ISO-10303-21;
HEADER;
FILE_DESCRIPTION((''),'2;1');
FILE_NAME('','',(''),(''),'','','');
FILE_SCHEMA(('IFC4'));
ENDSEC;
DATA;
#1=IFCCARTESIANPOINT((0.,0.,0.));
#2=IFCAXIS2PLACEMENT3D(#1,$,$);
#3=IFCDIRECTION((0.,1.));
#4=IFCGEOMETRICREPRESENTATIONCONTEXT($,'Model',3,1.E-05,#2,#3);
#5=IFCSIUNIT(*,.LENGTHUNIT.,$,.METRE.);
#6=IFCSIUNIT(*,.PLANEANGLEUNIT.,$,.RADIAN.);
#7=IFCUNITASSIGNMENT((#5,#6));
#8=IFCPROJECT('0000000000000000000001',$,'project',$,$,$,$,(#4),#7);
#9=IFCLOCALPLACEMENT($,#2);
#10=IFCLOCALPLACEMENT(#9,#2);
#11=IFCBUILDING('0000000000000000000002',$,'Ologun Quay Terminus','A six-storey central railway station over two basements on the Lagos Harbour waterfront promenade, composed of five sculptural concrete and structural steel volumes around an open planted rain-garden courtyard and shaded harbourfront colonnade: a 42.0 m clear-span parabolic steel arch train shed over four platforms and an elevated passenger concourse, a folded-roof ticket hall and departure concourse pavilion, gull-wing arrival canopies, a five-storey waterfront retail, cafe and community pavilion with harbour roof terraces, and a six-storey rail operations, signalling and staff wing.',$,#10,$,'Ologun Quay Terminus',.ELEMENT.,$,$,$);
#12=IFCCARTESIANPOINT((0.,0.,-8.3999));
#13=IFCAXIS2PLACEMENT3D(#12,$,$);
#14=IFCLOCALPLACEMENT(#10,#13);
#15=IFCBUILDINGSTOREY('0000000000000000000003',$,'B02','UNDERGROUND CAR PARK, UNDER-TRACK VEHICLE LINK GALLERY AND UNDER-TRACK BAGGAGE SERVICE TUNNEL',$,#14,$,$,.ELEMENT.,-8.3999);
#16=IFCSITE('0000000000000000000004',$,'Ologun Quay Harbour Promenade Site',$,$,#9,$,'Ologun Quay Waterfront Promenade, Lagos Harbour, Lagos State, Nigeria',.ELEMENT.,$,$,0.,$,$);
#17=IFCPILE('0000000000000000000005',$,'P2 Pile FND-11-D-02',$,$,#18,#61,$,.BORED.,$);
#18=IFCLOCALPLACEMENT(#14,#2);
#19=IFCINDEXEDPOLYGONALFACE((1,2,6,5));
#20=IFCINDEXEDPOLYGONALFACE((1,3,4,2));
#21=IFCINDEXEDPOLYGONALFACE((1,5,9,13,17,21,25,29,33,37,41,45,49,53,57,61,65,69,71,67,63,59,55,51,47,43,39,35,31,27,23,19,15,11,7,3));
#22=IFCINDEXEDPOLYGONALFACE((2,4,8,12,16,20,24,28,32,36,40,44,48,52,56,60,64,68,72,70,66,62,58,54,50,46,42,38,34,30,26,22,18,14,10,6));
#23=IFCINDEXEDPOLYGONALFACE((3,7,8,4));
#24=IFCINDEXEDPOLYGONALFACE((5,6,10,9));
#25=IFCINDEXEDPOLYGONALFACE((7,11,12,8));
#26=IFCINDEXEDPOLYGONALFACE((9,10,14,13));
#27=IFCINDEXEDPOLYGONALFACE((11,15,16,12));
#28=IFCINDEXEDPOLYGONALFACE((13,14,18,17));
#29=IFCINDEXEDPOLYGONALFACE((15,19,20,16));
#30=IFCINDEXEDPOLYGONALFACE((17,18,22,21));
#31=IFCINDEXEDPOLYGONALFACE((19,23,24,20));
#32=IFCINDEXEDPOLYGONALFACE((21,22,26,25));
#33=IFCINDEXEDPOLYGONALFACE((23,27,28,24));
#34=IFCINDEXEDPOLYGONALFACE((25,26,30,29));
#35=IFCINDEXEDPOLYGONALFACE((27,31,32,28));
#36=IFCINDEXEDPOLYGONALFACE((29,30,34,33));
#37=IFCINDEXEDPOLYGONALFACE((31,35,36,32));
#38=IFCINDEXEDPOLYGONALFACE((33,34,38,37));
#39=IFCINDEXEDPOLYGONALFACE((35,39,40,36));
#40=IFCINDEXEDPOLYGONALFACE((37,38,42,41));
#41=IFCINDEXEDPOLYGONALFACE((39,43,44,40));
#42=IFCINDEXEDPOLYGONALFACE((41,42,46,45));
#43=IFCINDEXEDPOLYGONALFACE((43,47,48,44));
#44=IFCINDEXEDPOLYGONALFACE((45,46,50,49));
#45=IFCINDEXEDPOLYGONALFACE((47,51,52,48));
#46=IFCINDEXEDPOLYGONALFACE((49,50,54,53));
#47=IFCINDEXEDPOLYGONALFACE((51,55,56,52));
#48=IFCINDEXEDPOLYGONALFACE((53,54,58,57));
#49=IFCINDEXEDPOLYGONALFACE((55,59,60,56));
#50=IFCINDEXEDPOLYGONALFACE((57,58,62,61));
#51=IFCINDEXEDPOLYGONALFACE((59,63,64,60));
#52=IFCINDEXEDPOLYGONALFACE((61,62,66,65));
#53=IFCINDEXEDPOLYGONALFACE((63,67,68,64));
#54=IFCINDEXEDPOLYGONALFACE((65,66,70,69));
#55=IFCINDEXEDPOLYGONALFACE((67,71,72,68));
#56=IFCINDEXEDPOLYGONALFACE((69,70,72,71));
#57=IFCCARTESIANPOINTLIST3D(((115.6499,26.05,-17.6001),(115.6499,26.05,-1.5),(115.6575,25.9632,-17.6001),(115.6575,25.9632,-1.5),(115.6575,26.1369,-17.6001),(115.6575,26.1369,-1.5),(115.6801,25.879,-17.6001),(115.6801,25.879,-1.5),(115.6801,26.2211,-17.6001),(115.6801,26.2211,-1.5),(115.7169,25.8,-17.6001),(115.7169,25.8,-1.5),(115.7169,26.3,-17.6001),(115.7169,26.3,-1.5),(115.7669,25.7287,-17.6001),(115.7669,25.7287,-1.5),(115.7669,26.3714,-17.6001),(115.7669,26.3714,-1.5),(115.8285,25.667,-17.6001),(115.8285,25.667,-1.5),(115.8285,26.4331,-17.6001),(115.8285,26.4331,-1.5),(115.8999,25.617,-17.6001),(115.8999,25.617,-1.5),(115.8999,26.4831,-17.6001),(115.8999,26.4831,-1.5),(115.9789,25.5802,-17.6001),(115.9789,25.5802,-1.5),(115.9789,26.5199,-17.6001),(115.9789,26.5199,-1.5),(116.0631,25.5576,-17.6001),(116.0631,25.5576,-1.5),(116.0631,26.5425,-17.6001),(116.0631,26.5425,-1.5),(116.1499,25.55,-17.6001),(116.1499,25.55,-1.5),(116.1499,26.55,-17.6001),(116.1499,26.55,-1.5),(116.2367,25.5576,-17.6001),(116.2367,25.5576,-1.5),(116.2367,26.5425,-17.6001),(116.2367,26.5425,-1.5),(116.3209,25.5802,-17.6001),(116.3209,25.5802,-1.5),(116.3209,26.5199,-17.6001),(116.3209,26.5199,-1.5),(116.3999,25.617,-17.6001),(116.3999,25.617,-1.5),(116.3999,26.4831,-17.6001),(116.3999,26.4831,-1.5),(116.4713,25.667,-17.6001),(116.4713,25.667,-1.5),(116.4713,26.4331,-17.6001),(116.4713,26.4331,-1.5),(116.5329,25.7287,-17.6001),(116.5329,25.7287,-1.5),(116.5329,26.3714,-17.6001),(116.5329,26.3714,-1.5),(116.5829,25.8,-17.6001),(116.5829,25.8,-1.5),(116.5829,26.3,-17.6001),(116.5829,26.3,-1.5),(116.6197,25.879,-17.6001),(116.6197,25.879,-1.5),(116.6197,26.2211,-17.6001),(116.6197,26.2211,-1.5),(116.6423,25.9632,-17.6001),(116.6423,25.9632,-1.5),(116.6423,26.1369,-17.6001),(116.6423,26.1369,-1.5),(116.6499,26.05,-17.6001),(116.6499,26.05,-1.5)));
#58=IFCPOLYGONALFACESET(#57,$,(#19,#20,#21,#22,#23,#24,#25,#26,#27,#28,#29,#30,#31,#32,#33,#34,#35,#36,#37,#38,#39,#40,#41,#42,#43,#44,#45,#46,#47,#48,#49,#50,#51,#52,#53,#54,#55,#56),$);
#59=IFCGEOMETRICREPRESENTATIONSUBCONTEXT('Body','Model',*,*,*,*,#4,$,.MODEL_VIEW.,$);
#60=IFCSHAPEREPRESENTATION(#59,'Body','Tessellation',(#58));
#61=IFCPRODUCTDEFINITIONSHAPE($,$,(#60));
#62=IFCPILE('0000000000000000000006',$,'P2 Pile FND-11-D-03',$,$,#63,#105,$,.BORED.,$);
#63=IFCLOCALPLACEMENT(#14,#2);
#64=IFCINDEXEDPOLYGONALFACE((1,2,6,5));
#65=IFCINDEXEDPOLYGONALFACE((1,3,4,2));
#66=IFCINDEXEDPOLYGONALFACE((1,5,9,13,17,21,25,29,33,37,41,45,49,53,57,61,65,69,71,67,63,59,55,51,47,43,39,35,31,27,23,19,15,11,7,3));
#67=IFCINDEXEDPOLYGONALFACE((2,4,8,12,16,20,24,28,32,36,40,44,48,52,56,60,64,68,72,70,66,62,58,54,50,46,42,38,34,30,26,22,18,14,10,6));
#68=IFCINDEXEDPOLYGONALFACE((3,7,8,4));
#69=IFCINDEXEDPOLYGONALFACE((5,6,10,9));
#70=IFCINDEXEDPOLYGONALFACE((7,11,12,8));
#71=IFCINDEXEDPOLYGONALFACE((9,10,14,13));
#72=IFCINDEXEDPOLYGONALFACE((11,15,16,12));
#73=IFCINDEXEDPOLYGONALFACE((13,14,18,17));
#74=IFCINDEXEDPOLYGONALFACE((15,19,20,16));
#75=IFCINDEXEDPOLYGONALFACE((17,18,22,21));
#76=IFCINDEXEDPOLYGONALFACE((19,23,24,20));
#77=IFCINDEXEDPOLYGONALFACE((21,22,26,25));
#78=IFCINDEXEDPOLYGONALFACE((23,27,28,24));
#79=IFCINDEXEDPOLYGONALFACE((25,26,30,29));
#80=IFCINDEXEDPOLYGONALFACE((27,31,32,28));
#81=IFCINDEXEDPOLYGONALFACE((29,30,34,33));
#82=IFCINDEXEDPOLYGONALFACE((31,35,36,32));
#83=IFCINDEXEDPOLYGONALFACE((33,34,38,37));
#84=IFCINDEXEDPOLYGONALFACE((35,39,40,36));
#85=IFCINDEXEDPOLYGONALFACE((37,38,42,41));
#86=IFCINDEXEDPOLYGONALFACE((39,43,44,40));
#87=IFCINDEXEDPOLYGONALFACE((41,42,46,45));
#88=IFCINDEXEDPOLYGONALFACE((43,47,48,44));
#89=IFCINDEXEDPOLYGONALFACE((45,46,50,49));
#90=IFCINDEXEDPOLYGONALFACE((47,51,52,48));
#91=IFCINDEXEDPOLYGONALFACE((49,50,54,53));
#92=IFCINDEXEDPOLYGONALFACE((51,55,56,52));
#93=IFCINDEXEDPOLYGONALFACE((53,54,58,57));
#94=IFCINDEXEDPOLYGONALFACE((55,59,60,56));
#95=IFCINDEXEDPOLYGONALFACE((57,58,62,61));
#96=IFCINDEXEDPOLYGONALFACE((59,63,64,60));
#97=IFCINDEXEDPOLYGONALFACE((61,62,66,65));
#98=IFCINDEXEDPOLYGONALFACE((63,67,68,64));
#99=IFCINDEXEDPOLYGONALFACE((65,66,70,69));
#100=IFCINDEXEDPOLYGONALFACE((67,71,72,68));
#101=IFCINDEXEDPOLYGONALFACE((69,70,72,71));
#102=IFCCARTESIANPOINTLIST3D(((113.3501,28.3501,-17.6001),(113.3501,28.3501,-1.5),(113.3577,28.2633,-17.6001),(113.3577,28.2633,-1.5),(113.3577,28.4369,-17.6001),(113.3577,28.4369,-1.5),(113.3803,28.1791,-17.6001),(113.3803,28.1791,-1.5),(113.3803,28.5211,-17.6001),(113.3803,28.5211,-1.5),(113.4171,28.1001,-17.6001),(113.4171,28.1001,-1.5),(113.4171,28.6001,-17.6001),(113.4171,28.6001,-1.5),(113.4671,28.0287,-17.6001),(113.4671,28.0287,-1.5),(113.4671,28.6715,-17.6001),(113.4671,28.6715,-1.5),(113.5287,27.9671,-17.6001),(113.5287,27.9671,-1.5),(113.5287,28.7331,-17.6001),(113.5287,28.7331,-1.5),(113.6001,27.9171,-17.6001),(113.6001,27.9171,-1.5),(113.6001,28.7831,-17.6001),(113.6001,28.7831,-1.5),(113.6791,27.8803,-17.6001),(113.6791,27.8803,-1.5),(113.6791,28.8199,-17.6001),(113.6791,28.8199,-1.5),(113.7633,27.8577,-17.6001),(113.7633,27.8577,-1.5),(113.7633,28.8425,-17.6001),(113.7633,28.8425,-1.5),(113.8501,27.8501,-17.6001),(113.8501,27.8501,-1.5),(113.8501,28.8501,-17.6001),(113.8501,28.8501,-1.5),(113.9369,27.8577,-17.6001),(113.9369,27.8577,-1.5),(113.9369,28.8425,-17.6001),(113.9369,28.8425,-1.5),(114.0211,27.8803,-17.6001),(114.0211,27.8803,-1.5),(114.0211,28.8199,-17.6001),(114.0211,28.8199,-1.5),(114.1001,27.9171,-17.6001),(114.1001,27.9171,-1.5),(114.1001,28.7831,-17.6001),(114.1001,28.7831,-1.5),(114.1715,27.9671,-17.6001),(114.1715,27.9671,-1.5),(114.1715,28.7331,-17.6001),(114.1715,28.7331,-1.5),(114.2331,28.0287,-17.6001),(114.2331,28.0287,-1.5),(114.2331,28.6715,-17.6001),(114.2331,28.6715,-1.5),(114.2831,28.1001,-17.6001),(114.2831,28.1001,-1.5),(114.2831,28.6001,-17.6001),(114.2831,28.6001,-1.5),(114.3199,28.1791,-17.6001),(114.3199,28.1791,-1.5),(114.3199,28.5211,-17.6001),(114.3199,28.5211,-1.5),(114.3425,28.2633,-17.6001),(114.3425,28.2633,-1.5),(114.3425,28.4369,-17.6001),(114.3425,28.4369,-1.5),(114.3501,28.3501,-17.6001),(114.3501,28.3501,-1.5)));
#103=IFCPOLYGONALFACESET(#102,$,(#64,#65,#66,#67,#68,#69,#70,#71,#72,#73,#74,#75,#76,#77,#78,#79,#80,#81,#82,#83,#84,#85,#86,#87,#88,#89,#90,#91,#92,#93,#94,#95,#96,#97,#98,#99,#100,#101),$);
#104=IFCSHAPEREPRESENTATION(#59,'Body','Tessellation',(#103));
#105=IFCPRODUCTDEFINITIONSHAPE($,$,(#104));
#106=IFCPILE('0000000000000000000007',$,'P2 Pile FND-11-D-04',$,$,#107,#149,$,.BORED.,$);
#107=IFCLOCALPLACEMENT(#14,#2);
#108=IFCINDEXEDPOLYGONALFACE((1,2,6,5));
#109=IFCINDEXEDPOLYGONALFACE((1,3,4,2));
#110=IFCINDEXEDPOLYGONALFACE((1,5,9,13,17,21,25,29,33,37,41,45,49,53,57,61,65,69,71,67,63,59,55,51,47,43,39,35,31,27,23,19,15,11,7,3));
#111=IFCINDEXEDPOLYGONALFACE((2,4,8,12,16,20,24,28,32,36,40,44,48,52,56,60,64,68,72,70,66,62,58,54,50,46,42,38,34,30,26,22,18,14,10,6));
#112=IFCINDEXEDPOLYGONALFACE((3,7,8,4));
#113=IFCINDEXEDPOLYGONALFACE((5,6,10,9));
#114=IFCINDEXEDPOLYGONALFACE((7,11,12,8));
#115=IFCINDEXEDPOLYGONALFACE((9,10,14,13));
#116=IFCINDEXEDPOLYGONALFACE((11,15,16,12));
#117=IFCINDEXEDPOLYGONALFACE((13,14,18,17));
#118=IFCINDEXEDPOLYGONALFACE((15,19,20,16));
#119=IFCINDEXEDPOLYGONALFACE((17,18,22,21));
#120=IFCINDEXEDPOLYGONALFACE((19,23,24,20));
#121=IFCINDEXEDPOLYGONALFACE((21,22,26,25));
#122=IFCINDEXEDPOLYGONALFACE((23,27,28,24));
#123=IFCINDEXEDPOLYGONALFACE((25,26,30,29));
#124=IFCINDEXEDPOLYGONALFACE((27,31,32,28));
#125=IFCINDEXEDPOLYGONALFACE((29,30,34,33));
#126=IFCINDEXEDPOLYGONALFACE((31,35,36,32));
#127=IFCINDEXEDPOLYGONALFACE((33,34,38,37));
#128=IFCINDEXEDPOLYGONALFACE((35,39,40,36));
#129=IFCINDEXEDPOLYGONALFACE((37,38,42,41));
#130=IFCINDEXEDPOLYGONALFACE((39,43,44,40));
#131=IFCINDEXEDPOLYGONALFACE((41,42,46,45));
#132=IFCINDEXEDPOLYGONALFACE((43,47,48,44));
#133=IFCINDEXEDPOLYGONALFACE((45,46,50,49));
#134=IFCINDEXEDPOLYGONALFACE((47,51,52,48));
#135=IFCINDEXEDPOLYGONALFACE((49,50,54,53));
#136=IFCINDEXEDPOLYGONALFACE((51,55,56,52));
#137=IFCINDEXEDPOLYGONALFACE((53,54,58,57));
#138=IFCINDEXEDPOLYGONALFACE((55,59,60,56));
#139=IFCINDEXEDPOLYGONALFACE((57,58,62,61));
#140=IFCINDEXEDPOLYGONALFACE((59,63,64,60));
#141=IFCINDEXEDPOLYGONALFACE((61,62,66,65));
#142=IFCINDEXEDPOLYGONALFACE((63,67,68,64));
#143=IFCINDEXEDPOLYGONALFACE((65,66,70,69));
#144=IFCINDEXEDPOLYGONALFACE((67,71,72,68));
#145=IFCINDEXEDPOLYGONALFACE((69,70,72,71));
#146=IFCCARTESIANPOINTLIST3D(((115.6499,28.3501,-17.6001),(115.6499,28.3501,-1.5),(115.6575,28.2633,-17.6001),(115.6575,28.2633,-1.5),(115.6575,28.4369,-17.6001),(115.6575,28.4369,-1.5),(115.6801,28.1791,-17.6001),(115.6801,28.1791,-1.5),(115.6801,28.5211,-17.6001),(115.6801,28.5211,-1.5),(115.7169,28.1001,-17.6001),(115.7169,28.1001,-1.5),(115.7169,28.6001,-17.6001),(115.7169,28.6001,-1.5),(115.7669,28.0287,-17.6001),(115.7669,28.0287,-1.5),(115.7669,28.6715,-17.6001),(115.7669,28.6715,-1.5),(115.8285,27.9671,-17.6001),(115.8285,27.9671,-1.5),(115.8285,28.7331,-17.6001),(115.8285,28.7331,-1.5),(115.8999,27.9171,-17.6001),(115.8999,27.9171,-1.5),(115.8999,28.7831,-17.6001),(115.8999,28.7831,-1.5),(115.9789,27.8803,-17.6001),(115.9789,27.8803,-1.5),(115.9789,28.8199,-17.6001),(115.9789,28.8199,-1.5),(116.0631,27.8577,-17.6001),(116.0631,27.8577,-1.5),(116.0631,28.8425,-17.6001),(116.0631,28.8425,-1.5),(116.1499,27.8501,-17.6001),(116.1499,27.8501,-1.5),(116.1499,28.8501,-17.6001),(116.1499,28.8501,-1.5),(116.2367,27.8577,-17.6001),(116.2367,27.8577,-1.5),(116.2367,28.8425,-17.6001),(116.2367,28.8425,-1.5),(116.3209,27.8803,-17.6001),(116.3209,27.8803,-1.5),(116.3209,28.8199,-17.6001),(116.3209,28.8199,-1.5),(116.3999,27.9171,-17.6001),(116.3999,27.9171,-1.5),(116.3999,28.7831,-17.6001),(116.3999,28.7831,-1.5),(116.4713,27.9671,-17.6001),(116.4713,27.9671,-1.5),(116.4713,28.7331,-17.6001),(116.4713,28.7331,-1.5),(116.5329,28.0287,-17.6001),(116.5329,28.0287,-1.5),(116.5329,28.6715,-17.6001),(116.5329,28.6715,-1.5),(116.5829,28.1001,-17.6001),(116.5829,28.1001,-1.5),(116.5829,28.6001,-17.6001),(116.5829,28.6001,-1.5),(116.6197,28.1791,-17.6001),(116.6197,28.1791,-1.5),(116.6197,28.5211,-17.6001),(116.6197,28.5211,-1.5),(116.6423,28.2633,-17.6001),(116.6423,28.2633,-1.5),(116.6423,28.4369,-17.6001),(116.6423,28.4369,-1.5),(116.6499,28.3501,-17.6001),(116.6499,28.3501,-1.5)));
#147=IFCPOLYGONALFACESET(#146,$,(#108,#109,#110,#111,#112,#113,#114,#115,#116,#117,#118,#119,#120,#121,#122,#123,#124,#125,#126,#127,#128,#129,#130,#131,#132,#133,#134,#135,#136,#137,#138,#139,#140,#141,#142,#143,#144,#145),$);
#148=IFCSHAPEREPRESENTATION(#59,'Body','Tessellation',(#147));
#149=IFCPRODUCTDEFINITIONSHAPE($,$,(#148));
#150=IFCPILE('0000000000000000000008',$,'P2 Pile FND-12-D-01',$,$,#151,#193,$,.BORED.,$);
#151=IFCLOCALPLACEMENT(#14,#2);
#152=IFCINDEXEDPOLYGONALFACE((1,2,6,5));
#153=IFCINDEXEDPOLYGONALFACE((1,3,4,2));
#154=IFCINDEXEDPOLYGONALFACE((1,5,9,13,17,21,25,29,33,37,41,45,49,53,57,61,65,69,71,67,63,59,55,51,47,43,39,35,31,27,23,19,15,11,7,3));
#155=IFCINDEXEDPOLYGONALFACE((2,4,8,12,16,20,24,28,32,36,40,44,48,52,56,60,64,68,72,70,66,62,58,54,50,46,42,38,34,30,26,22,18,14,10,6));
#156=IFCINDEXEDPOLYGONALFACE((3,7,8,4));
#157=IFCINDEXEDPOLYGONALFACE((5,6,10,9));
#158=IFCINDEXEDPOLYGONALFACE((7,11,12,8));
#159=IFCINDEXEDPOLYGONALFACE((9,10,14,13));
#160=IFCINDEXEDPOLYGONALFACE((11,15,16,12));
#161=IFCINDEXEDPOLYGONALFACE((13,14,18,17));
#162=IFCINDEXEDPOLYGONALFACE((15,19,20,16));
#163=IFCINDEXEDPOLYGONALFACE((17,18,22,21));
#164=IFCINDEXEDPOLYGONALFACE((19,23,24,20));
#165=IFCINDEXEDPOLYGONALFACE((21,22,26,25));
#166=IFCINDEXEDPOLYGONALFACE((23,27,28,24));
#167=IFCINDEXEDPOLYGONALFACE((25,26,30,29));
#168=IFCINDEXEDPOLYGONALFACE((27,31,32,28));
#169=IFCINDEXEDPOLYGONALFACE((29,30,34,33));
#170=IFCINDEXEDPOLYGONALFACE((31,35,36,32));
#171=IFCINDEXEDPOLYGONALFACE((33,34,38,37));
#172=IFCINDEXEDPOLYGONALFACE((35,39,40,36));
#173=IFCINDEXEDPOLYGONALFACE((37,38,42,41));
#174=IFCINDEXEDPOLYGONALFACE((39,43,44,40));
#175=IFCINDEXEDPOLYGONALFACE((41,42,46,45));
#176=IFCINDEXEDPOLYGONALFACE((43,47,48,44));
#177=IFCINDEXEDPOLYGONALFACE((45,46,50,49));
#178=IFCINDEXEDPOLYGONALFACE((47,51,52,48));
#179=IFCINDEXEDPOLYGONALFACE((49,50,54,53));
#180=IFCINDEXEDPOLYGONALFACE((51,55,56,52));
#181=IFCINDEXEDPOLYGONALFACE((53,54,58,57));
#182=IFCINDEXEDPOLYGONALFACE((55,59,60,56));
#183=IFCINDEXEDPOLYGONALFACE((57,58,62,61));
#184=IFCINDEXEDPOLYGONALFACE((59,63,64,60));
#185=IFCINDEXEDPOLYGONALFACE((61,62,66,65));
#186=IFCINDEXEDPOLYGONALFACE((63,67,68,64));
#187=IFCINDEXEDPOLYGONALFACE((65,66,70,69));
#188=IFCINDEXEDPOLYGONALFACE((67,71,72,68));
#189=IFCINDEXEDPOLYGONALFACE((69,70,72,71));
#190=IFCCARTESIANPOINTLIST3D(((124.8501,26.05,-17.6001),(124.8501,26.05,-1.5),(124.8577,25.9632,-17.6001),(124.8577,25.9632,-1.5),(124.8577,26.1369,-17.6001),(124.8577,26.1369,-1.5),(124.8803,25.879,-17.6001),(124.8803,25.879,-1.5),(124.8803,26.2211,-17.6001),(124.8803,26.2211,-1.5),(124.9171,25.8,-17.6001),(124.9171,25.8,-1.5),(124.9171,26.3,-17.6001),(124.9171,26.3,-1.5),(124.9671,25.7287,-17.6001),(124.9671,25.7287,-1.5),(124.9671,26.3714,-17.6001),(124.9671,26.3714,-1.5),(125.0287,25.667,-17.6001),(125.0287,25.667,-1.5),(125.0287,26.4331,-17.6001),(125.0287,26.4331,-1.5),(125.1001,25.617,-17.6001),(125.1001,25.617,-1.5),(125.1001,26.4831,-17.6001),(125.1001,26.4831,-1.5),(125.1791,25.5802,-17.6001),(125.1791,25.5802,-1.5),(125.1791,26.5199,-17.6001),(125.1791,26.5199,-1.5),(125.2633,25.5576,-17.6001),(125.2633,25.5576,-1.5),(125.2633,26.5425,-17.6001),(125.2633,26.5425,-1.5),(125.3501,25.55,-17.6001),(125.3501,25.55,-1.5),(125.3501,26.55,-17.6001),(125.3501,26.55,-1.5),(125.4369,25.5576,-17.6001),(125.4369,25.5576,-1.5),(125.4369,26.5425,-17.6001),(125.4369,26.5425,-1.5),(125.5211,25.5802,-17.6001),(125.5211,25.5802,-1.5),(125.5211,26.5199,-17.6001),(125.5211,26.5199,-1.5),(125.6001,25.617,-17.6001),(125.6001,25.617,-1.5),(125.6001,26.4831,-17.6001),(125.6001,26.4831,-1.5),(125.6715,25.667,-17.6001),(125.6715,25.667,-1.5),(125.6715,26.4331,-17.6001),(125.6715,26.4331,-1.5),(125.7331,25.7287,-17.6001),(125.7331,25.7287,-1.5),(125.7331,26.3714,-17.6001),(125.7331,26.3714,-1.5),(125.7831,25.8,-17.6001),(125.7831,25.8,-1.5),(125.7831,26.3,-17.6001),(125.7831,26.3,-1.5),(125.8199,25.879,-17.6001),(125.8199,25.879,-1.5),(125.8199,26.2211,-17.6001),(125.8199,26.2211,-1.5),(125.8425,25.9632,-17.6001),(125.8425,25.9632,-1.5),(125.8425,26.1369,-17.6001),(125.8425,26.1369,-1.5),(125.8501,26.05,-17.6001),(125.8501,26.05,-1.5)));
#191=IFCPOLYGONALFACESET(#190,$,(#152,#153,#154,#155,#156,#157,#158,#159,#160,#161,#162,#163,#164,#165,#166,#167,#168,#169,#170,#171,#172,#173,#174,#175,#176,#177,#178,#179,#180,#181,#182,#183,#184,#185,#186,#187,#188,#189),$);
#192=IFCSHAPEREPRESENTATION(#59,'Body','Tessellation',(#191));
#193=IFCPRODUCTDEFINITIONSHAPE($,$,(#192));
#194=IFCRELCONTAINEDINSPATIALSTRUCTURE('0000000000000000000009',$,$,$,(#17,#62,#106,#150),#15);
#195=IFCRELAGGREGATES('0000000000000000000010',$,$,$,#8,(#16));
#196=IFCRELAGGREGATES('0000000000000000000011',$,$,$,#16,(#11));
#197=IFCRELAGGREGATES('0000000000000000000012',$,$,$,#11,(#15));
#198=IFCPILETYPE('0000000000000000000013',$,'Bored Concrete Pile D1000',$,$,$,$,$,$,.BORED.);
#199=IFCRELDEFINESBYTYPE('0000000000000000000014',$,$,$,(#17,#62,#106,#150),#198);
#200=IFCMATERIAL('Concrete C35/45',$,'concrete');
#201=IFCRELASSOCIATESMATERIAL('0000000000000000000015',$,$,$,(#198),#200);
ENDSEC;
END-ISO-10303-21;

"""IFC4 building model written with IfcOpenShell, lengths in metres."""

from ifc_helpers import new_model, si_unit, direction, frame, origin, origin_2d, place, context, subcontext, project, spatial, circle, extrude, material, material_profile, profile_set, type_object, element, save


model = new_model("IFC4")

# Units and contexts
model_context = context("Model", 3, precision=1e-05, world=origin(), true_north=direction((0.0, 1.0)))
body_context = subcontext(model_context, "Body", "Model", "MODEL_VIEW")
ifc_project = project(units=[si_unit("LENGTHUNIT", "METRE"), si_unit("PLANEANGLEUNIT", "RADIAN")], contexts=[model_context])

# Site, building, storey
site_placement = place(None, origin())
site = spatial("IfcSite", under=ifc_project, at=site_placement, Name="Ologun Quay Harbour Promenade Site", LongName="Ologun Quay Waterfront Promenade, Lagos Harbour, Lagos State, Nigeria", CompositionType="ELEMENT", RefElevation=0.0)
building_placement = place(site_placement, origin())
building = spatial("IfcBuilding", under=site, at=building_placement, Name="Ologun Quay Terminus", Description="A six-storey central railway station over two basements on the Lagos Harbour waterfront promenade, composed of five sculptural concrete and structural steel volumes around an open planted rain-garden courtyard and shaded harbourfront colonnade: a 42.0 m clear-span parabolic steel arch train shed over four platforms and an elevated passenger concourse, a folded-roof ticket hall and departure concourse pavilion, gull-wing arrival canopies, a five-storey waterfront retail, cafe and community pavilion with harbour roof terraces, and a six-storey rail operations, signalling and staff wing.", LongName="Ologun Quay Terminus", CompositionType="ELEMENT")
storey_placement = place(building_placement, frame((0.0, 0.0, -8.3999)))
storey = spatial("IfcBuildingStorey", under=building, at=storey_placement, Name="B02", Description="UNDERGROUND CAR PARK, UNDER-TRACK VEHICLE LINK GALLERY AND UNDER-TRACK BAGGAGE SERVICE TUNNEL", CompositionType="ELEMENT", Elevation=-8.3999)

# Piles
ifc_material_1 = material(Name="Concrete C35/45", Category="concrete")
ifc_material_profile_1 = material_profile(ifc_material_1, circle(Radius=0.5, at=origin_2d()), Name="PILE D1000")
ifc_profile_set_1 = profile_set([ifc_material_profile_1], Name="Concrete C35/45")
pile_type_1 = type_object("IfcPileType", Name="Bored Concrete Pile D1000", PredefinedType="BORED", material=ifc_profile_set_1)
for number, where, z_axis, x_axis, name in (
    (1, (116.1499, 26.05, -1.5), (0.0, 0.0, -1.0), (1.0, 0.0, 0.0), "P2 Pile FND-11-D-02"),
    (2, (113.8501, 28.3501, -1.5), (0.0, 0.0, -1.0), (1.0, 0.0, 0.0), "P2 Pile FND-11-D-03"),
    (3, (116.1499, 28.3501, -1.5), (0.0, 0.0, -1.0), (1.0, 0.0, 0.0), "P2 Pile FND-11-D-04"),
    (4, (125.3501, 26.05, -1.5), (0.0, 0.0, -1.0), (1.0, 0.0, 0.0), "P2 Pile FND-12-D-01"),
):
    element("IfcPile", number, at=place(storey_placement, frame(where, z_axis=z_axis, x_axis=x_axis)), inside=storey, type_object=pile_type_1, Name=name, PredefinedType="BORED", context=body_context, shape_type="SweptSolid", body=[
        extrude(circle(Radius=0.5, at=origin_2d()), origin(), (0.0, 0.0, 1.0), 16.1001),
    ])

save(model, "model.ifc")
